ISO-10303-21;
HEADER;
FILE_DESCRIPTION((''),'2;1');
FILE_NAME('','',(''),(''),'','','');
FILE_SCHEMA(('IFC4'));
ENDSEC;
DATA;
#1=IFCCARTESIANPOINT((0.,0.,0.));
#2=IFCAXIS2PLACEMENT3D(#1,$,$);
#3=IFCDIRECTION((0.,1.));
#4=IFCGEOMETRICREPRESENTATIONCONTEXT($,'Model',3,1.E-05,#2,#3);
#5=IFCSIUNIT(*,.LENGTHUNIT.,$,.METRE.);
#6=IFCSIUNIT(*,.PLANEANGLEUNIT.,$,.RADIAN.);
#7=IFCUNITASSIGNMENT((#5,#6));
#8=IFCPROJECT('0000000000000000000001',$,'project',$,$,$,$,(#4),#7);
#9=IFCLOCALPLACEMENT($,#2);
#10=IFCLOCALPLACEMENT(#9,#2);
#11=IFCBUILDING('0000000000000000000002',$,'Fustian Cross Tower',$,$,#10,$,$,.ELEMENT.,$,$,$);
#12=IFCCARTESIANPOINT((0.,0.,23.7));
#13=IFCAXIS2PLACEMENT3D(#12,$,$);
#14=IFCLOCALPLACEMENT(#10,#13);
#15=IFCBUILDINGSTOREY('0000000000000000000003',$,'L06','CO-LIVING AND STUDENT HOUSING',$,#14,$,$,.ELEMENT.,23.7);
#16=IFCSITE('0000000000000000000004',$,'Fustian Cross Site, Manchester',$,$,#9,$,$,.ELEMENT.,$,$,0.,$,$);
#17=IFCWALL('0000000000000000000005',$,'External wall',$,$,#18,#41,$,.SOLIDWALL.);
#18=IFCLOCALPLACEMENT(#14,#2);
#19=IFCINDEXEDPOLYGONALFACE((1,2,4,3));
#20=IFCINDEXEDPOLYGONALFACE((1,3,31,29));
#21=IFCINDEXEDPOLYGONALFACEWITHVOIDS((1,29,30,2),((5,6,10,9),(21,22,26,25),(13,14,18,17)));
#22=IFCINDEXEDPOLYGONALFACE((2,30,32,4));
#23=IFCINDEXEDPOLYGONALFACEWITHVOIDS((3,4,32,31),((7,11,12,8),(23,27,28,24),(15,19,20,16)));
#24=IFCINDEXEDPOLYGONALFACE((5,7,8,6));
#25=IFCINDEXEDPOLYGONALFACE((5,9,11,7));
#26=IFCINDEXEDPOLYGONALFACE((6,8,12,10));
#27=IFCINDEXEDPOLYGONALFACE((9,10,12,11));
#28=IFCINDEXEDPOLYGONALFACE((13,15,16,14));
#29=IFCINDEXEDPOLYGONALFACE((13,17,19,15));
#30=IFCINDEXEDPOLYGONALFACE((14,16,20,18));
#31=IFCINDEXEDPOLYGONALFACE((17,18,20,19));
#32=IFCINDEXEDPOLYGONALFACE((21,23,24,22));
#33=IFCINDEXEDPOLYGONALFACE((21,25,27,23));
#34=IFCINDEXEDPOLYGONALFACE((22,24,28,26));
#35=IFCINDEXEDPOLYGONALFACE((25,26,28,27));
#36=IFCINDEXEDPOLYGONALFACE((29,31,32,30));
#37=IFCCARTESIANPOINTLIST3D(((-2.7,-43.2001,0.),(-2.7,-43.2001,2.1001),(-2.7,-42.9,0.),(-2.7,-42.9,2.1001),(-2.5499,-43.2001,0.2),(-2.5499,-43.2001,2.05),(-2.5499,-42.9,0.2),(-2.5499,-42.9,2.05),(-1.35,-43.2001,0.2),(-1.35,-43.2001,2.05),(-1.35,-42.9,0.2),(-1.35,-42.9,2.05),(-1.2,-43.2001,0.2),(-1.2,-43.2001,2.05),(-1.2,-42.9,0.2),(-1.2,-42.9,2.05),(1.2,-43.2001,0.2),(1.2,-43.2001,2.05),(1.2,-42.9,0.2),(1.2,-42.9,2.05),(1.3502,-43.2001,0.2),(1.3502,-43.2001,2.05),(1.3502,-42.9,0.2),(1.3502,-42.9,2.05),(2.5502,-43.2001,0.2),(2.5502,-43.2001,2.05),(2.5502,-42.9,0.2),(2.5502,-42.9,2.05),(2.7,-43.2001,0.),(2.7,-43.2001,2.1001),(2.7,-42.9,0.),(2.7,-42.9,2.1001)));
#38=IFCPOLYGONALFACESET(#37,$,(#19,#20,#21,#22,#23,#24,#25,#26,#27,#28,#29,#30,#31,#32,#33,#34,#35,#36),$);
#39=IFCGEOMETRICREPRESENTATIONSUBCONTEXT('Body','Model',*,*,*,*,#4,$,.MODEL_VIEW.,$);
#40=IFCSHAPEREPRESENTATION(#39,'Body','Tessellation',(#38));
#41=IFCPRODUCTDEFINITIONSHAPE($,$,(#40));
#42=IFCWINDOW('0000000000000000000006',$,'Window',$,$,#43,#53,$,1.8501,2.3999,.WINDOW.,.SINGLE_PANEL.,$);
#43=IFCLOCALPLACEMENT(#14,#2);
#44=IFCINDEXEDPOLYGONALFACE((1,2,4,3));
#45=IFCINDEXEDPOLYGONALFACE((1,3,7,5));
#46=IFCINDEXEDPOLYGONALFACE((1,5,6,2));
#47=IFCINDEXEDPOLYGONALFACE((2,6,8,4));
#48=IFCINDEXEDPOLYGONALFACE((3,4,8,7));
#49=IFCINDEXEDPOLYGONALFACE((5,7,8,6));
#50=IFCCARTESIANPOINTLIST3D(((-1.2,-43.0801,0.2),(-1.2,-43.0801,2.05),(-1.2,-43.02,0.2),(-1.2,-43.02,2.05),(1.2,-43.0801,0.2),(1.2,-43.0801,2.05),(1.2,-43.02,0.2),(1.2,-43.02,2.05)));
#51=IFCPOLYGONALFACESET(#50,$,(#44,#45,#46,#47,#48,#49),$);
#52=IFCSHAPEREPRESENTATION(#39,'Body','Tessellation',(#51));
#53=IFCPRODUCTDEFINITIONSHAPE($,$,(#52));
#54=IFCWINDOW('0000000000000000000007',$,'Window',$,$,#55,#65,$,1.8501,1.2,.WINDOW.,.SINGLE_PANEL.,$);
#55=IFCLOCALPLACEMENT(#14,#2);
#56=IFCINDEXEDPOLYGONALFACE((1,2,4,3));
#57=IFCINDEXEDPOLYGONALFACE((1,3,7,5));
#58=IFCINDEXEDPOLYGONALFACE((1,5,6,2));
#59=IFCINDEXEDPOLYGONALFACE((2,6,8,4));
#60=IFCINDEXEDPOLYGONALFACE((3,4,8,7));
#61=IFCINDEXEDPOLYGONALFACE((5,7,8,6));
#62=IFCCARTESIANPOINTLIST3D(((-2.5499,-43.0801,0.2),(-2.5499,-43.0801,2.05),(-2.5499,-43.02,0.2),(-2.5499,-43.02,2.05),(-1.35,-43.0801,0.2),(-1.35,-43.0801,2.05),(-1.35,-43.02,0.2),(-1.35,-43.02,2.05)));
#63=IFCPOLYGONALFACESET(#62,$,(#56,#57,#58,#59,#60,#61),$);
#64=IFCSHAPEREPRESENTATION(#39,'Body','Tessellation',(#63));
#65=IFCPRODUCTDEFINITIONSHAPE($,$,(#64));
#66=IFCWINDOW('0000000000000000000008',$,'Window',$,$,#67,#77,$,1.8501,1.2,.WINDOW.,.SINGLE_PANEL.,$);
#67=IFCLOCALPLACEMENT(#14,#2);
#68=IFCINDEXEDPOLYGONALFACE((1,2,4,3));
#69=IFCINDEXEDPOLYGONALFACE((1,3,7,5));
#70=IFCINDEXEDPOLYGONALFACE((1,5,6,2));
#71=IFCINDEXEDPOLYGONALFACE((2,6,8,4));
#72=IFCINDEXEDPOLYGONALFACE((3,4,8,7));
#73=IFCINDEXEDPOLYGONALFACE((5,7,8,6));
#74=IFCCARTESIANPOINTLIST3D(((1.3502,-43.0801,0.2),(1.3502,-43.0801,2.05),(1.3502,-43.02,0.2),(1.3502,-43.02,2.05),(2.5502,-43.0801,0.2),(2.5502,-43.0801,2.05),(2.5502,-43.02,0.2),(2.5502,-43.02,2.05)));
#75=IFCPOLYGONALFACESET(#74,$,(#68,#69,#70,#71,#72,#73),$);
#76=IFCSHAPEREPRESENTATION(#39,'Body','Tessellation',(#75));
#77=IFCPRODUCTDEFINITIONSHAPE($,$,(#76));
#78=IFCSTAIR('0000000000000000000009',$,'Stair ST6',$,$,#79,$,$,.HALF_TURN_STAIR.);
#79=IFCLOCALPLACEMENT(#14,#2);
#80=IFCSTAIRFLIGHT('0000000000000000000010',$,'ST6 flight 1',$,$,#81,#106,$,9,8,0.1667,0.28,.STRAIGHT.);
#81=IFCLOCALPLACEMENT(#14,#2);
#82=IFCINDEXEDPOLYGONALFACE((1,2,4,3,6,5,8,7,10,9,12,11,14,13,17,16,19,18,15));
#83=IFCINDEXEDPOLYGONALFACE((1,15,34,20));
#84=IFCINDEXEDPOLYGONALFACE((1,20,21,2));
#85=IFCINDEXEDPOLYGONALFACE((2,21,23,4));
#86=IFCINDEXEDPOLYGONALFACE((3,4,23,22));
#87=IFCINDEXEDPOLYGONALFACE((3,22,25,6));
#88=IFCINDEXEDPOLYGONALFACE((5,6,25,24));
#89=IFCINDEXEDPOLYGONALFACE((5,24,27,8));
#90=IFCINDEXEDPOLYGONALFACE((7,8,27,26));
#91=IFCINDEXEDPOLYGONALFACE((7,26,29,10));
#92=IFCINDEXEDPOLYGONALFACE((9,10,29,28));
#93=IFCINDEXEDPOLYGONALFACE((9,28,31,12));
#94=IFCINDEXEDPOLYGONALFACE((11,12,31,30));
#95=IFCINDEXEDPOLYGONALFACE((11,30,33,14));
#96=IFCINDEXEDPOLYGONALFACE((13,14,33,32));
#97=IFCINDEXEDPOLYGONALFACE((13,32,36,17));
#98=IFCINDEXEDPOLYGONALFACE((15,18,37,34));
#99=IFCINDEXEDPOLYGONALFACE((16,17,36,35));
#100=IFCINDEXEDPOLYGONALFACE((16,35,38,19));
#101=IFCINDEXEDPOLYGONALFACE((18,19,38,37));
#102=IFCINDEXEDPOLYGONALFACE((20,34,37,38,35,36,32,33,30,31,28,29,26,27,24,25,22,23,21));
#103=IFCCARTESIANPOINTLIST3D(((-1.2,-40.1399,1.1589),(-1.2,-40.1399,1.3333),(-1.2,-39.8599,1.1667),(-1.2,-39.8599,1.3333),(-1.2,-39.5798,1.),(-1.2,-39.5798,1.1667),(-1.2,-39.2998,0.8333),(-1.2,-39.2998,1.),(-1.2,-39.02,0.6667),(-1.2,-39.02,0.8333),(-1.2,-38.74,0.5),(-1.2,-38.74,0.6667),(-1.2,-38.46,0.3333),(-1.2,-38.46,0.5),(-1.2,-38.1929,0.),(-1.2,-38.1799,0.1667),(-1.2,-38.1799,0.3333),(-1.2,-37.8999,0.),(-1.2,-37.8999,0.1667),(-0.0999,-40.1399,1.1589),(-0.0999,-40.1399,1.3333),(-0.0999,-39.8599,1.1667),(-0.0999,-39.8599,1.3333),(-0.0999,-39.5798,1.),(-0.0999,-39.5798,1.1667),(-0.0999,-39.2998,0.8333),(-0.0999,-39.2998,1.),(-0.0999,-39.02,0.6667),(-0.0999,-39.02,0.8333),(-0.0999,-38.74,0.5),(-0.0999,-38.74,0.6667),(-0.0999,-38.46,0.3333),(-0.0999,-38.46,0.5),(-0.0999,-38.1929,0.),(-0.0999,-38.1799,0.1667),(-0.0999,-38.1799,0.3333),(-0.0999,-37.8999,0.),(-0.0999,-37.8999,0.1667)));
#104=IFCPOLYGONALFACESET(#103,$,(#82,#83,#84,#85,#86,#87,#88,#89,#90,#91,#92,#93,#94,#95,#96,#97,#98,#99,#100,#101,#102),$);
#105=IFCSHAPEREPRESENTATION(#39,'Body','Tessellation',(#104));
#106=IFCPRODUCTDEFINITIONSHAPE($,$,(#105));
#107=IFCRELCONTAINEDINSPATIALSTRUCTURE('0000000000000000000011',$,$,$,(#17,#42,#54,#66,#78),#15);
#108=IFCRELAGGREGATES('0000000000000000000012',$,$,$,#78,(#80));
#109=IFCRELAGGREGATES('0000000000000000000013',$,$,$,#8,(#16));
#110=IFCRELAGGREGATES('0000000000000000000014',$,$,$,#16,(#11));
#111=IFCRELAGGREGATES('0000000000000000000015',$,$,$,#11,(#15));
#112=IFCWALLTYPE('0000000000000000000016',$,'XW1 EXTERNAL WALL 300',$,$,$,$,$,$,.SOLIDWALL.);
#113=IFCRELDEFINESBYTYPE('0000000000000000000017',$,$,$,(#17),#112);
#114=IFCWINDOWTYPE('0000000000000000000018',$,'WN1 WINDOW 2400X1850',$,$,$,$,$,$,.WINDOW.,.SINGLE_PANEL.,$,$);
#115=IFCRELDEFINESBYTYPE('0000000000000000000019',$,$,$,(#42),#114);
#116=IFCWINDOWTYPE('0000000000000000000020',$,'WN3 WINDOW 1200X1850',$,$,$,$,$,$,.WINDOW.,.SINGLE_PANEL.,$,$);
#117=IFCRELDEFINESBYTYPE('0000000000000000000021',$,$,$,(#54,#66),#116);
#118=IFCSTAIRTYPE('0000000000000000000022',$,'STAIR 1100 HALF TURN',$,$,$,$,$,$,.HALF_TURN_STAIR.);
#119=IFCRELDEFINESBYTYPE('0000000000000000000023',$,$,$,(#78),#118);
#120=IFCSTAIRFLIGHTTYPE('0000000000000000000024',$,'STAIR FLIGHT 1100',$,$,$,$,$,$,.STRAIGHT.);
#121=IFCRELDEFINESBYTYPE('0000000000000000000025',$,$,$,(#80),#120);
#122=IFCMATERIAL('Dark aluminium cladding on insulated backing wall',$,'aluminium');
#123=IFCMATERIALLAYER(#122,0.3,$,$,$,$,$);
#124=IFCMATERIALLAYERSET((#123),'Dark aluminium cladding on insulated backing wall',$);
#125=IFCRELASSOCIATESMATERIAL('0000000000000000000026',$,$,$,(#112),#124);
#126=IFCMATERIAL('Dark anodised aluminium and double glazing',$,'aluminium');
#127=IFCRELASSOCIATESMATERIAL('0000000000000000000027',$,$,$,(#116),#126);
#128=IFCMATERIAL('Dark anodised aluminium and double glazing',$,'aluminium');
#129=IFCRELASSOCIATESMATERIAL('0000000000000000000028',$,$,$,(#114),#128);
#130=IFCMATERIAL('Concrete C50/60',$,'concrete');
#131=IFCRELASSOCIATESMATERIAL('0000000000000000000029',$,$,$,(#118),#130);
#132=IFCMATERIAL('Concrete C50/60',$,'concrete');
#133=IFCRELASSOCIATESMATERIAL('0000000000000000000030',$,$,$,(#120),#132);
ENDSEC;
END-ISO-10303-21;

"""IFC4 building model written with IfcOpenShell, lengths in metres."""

from ifc_helpers import new_model, si_unit, direction, frame, frame_2d, origin, place, context, subcontext, project, spatial, polyline, rectangle, outline, extrude, material, layer, layer_set, type_object, element, fill, aggregate, save


model = new_model("IFC4")

# Units and contexts
model_context = context("Model", 3, precision=1e-05, world=origin(), true_north=direction((0.0, 1.0)))
body_context = subcontext(model_context, "Body", "Model", "MODEL_VIEW")
ifc_project = project(units=[si_unit("LENGTHUNIT", "METRE"), si_unit("PLANEANGLEUNIT", "RADIAN")], contexts=[model_context])

# Site, building, storey
site_placement = place(None, origin())
site = spatial("IfcSite", under=ifc_project, at=site_placement, Name="Fustian Cross Site, Manchester", CompositionType="ELEMENT", RefElevation=0.0)
building_placement = place(site_placement, origin())
building = spatial("IfcBuilding", under=site, at=building_placement, Name="Fustian Cross Tower", CompositionType="ELEMENT")
storey_placement = place(building_placement, frame((0.0, 0.0, 23.7)))
storey = spatial("IfcBuildingStorey", under=building, at=storey_placement, Name="L06", Description="CO-LIVING AND STUDENT HOUSING", CompositionType="ELEMENT", Elevation=23.7)

# Shared definitions
ifc_material_1 = material(Name="Dark aluminium cladding on insulated backing wall", Category="aluminium")
ifc_layer_1 = layer(ifc_material_1, 0.3)
ifc_layer_set_1 = layer_set([ifc_layer_1], Name="Dark aluminium cladding on insulated backing wall")
wall_type_1 = type_object("IfcWallType", Name="XW1 EXTERNAL WALL 300", PredefinedType="SOLIDWALL", material=ifc_layer_set_1)

# Shared definitions
ifc_material_2 = material(Name="Dark anodised aluminium and double glazing", Category="aluminium")
window_type_1 = type_object("IfcWindowType", Name="WN3 WINDOW 1200X1850", PartitioningType="SINGLE_PANEL", PredefinedType="WINDOW", material=ifc_material_2)

# Wall, openings, windows
wall_1_placement = place(storey_placement, frame((-2.7, -43.05, 0.0), z_axis=(0.0, 0.0, 1.0), x_axis=(1.0, 0.0, 0.0)))
wall_1 = element("IfcWall", 1, at=wall_1_placement, inside=storey, type_object=wall_type_1, Name="External wall", PredefinedType="SOLIDWALL", context=body_context, shape_type="SweptSolid", body=[
    extrude(rectangle(XDim=5.3999, YDim=0.3, at=frame_2d((2.7, 0.0))), origin(), (0.0, 0.0, 1.0), 2.1001),
])
opening_1_placement = place(wall_1_placement, frame((1.5, 0.0, 0.2)))
opening_1 = element("IfcOpeningElement", 2, at=opening_1_placement, cuts=wall_1, PredefinedType="OPENING", context=body_context, shape_type="SweptSolid", body=[
    extrude(rectangle(XDim=2.3999, YDim=1.8501, at=frame_2d((1.2, 0.925))), frame((0.0, 0.1599, 0.0), z_axis=(0.0, -1.0, 0.0), x_axis=(1.0, 0.0, 0.0)), (0.0, 0.0, 1.0), 0.3201),
])
opening_2_placement = place(wall_1_placement, frame((0.1499, 0.0, 0.2)))
opening_2 = element("IfcOpeningElement", 3, at=opening_2_placement, cuts=wall_1, PredefinedType="OPENING", context=body_context, shape_type="SweptSolid", body=[
    extrude(rectangle(XDim=1.2, YDim=1.8501, at=frame_2d((0.6001, 0.925))), frame((0.0, 0.1599, 0.0), z_axis=(0.0, -1.0, 0.0), x_axis=(1.0, 0.0, 0.0)), (0.0, 0.0, 1.0), 0.3201),
])
opening_3_placement = place(wall_1_placement, frame((4.05, 0.0, 0.2)))
opening_3 = element("IfcOpeningElement", 4, at=opening_3_placement, cuts=wall_1, PredefinedType="OPENING", context=body_context, shape_type="SweptSolid", body=[
    extrude(rectangle(XDim=1.2, YDim=1.8501, at=frame_2d((0.6001, 0.925))), frame((0.0, 0.1599, 0.0), z_axis=(0.0, -1.0, 0.0), x_axis=(1.0, 0.0, 0.0)), (0.0, 0.0, 1.0), 0.3201),
])
ifc_material_3 = material(Name="Dark anodised aluminium and double glazing", Category="aluminium")
window_type_2 = type_object("IfcWindowType", Name="WN1 WINDOW 2400X1850", PartitioningType="SINGLE_PANEL", PredefinedType="WINDOW", material=ifc_material_3)
window_1_placement = place(opening_1_placement, origin())
window_1 = element("IfcWindow", 5, at=window_1_placement, inside=storey, type_object=window_type_2, Name="Window", OverallHeight=1.8501, OverallWidth=2.3999, PartitioningType="SINGLE_PANEL", PredefinedType="WINDOW", context=body_context, shape_type="SweptSolid", body=[
    extrude(rectangle(XDim=2.3999, YDim=1.8501, at=frame_2d((1.2, 0.925))), frame((0.0, 0.03, 0.0), z_axis=(0.0, -1.0, 0.0), x_axis=(1.0, 0.0, 0.0)), (0.0, 0.0, 1.0), 0.0601),
])
fill(opening_1, window_1)
window_2_placement = place(opening_2_placement, origin())
window_2 = element("IfcWindow", 6, at=window_2_placement, inside=storey, type_object=window_type_1, Name="Window", OverallHeight=1.8501, OverallWidth=1.2, PartitioningType="SINGLE_PANEL", PredefinedType="WINDOW", context=body_context, shape_type="SweptSolid", body=[
    extrude(rectangle(XDim=1.2, YDim=1.8501, at=frame_2d((0.6001, 0.925))), frame((0.0, 0.03, 0.0), z_axis=(0.0, -1.0, 0.0), x_axis=(1.0, 0.0, 0.0)), (0.0, 0.0, 1.0), 0.0601),
])
fill(opening_2, window_2)
window_3_placement = place(opening_3_placement, origin())
window_3 = element("IfcWindow", 7, at=window_3_placement, inside=storey, type_object=window_type_1, Name="Window", OverallHeight=1.8501, OverallWidth=1.2, PartitioningType="SINGLE_PANEL", PredefinedType="WINDOW", context=body_context, shape_type="SweptSolid", body=[
    extrude(rectangle(XDim=1.2, YDim=1.8501, at=frame_2d((0.6001, 0.925))), frame((0.0, 0.03, 0.0), z_axis=(0.0, -1.0, 0.0), x_axis=(1.0, 0.0, 0.0)), (0.0, 0.0, 1.0), 0.0601),
])
fill(opening_3, window_3)

# Stair, stair flight
ifc_material_4 = material(Name="Concrete C50/60", Category="concrete")
stair_type = type_object("IfcStairType", Name="STAIR 1100 HALF TURN", PredefinedType="HALF_TURN_STAIR", material=ifc_material_4)
stair_placement = place(storey_placement, origin())
stair = element("IfcStair", 8, at=stair_placement, inside=storey, type_object=stair_type, Name="Stair ST6", PredefinedType="HALF_TURN_STAIR")
ifc_material_5 = material(Name="Concrete C50/60", Category="concrete")
stair_flight_type = type_object("IfcStairFlightType", Name="STAIR FLIGHT 1100", PredefinedType="STRAIGHT", material=ifc_material_5)
stair_flight_placement = place(storey_placement, frame((-0.6499, -37.8999, 0.0), z_axis=(0.0, 0.0, 1.0), x_axis=(0.0, -1.0, 0.0)))
stair_flight = element("IfcStairFlight", 9, at=stair_flight_placement, type_object=stair_flight_type, Name="ST6 flight 1", NumberOfRisers=9, NumberOfTreads=8, PredefinedType="STRAIGHT", RiserHeight=0.1667, TreadLength=0.28, context=body_context, shape_type="SweptSolid", body=[
    extrude(outline(polyline([(0.0, 0.0), (0.0, 0.1667), (0.28, 0.1667), (0.28, 0.3333), (0.5601, 0.3333), (0.5601, 0.5), (0.8401, 0.5), (0.8401, 0.6667), (1.1201, 0.6667), (1.1201, 0.8333), (1.3999, 0.8333), (1.3999, 1.0), (1.6799, 1.0), (1.6799, 1.1667), (1.96, 1.1667), (1.96, 1.3333), (2.24, 1.3333), (2.24, 1.5), (2.24, 1.1589), (0.293, 0.0), (0.0, 0.0)])), frame((0.0, 0.55, 0.0), z_axis=(0.0, -1.0, 0.0), x_axis=(1.0, 0.0, 0.0)), (0.0, 0.0, 1.0), 1.1001),
])
aggregate(stair, [stair_flight])

save(model, "model.ifc")
